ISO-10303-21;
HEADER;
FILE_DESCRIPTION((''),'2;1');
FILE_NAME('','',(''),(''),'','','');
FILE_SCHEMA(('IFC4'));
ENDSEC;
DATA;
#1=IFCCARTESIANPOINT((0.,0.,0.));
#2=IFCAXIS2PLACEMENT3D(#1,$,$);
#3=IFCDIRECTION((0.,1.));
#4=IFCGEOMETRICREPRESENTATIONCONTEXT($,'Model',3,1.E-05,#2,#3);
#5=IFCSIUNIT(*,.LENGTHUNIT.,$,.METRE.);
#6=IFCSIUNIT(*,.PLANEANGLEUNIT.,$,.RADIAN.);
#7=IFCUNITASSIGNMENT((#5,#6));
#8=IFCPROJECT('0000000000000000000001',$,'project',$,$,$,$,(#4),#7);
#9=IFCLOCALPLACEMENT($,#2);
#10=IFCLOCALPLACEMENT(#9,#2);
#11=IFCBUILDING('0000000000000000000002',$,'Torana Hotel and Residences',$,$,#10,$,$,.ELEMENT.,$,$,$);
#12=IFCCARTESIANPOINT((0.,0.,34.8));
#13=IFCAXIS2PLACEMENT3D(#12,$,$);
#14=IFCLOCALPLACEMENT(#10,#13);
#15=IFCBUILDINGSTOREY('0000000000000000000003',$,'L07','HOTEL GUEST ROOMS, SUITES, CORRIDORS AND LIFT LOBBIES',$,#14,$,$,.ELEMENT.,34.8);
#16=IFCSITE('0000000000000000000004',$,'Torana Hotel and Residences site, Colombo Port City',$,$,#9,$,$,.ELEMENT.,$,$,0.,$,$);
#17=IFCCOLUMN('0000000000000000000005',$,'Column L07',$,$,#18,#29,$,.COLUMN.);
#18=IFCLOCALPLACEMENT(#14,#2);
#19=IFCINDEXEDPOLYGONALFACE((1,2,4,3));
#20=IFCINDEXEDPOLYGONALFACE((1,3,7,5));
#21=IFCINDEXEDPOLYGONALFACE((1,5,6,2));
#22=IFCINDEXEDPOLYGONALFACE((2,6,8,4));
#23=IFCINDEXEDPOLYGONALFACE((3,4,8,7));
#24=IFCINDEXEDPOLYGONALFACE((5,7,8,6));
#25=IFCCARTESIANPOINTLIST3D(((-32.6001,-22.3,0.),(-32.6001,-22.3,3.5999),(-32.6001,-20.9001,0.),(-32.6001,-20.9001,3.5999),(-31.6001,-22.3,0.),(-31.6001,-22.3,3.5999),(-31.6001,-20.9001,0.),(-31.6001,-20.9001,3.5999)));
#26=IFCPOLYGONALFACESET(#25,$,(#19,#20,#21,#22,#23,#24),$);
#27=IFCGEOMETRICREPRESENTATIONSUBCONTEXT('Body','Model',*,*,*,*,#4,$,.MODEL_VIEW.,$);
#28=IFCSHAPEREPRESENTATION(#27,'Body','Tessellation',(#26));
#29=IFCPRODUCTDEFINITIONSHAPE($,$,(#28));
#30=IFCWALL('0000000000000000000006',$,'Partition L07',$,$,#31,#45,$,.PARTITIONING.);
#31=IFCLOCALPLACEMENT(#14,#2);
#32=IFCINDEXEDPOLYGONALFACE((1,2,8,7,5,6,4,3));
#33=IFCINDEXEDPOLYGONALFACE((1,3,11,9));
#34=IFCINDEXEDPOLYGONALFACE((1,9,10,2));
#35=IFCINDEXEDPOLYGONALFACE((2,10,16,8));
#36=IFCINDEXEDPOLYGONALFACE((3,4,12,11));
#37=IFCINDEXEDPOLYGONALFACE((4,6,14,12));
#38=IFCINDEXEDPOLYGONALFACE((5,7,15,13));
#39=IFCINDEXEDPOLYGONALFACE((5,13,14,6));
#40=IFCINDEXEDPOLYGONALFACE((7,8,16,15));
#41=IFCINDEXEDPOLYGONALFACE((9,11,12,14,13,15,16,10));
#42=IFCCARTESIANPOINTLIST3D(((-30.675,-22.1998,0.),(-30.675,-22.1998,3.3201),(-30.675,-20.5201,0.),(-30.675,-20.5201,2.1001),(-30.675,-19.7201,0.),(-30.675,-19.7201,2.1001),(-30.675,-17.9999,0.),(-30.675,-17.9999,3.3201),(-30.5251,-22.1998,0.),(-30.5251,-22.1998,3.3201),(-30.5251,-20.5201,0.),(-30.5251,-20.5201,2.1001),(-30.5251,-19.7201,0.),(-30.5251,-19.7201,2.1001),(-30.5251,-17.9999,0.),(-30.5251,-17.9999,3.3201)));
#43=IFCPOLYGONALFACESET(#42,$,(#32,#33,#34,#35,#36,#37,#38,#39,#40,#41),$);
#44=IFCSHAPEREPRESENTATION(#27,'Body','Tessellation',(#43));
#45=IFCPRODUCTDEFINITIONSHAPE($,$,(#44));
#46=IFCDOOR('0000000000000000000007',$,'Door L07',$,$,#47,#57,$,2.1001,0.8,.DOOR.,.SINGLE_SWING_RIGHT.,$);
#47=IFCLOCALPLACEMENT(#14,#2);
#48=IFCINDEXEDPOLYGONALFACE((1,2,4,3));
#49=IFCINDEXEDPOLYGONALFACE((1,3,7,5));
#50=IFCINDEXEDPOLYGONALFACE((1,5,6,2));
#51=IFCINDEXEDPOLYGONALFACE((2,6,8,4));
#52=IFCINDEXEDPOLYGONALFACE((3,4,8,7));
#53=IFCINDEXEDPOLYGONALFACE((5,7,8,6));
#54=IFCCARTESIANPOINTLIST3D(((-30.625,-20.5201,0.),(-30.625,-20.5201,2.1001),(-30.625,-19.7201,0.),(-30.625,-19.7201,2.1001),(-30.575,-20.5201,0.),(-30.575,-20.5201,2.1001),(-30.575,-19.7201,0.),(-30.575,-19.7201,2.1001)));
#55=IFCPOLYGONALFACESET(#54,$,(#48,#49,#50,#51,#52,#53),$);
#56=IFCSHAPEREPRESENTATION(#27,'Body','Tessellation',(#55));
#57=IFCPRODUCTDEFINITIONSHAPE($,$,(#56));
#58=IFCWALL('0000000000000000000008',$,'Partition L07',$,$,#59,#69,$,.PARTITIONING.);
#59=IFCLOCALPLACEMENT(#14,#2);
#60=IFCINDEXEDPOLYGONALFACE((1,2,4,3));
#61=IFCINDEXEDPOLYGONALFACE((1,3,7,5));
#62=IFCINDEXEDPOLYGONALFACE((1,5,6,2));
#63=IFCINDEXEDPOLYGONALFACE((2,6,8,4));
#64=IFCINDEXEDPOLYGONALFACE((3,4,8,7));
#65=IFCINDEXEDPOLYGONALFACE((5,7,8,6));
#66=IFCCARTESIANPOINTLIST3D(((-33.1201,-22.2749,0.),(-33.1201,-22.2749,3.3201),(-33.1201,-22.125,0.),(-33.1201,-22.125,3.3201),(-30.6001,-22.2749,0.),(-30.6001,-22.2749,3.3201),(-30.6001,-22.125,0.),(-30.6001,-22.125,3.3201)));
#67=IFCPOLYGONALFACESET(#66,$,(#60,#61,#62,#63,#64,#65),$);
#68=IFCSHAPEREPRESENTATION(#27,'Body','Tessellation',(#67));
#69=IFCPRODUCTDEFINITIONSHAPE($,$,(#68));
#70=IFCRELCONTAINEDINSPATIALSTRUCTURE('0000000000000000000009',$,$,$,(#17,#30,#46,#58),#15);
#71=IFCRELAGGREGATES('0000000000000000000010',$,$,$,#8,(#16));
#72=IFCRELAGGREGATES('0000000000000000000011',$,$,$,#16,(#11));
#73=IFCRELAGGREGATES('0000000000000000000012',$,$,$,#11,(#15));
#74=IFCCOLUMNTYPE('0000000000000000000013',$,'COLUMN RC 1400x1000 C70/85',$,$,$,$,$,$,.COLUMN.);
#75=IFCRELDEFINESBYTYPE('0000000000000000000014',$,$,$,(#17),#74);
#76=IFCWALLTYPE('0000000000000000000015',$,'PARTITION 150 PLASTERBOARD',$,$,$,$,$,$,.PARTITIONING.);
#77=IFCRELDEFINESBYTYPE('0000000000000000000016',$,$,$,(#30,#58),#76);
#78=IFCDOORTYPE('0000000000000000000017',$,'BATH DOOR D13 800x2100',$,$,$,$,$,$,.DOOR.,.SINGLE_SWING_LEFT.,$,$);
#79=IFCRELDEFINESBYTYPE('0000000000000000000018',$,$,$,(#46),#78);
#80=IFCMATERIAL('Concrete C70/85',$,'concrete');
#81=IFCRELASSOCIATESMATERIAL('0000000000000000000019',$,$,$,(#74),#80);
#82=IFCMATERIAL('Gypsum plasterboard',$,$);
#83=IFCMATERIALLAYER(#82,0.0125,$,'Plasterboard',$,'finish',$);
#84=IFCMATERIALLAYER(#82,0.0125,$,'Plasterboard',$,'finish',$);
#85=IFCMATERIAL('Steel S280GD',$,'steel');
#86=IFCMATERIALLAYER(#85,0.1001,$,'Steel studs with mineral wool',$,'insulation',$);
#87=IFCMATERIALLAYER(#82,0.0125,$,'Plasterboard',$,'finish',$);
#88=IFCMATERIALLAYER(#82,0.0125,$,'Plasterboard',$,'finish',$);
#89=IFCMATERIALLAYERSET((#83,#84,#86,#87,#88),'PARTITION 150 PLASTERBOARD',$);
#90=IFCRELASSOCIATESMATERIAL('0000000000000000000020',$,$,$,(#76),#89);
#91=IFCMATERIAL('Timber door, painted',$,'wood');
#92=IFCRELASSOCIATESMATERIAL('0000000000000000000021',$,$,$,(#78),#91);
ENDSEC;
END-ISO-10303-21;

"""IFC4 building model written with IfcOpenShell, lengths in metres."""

from ifc_helpers import new_model, si_unit, direction, frame, frame_2d, origin, origin_2d, place, context, subcontext, project, spatial, rectangle, extrude, material, layer, layer_set, material_profile, profile_set, type_object, element, fill, save


model = new_model("IFC4")

# Units and contexts
model_context = context("Model", 3, precision=1e-05, world=origin(), true_north=direction((0.0, 1.0)))
body_context = subcontext(model_context, "Body", "Model", "MODEL_VIEW")
ifc_project = project(units=[si_unit("LENGTHUNIT", "METRE"), si_unit("PLANEANGLEUNIT", "RADIAN")], contexts=[model_context])

# Site, building, storey
site_placement = place(None, origin())
site = spatial("IfcSite", under=ifc_project, at=site_placement, Name="Torana Hotel and Residences site, Colombo Port City", CompositionType="ELEMENT", RefElevation=0.0)
building_placement = place(site_placement, origin())
building = spatial("IfcBuilding", under=site, at=building_placement, Name="Torana Hotel and Residences", CompositionType="ELEMENT")
storey_placement = place(building_placement, frame((0.0, 0.0, 34.8)))
storey = spatial("IfcBuildingStorey", under=building, at=storey_placement, Name="L07", Description="HOTEL GUEST ROOMS, SUITES, CORRIDORS AND LIFT LOBBIES", CompositionType="ELEMENT", Elevation=34.8)

# Column
ifc_material_1 = material(Name="Concrete C70/85", Category="concrete")
ifc_material_profile = material_profile(ifc_material_1, rectangle(XDim=1.3999, YDim=1.0, at=origin_2d()), Name="RC 1400x1000")
ifc_profile_set = profile_set([ifc_material_profile], Name="Concrete C70/85")
column_type = type_object("IfcColumnType", Name="COLUMN RC 1400x1000 C70/85", PredefinedType="COLUMN", material=ifc_profile_set)
column_placement = place(storey_placement, frame((-32.1001, -21.6001, 0.0), z_axis=(0.0, 0.0, 1.0), x_axis=(0.0, 1.0, 0.0)))
element("IfcColumn", 1, at=column_placement, inside=storey, type_object=column_type, Name="Column L07", PredefinedType="COLUMN", context=body_context, shape_type="SweptSolid", body=[
    extrude(rectangle(XDim=1.3999, YDim=1.0, at=origin_2d()), origin(), (0.0, 0.0, 1.0), 3.5999),
])

# Wall, opening, door
ifc_material_2 = material(Name="Gypsum plasterboard")
ifc_layer_1 = layer(ifc_material_2, 0.0125, Name="Plasterboard", Category="finish")
ifc_layer_2 = layer(ifc_material_2, 0.0125, Name="Plasterboard", Category="finish")
ifc_material_3 = material(Name="Steel S280GD", Category="steel")
ifc_layer_3 = layer(ifc_material_3, 0.1001, Name="Steel studs with mineral wool", Category="insulation")
ifc_layer_4 = layer(ifc_material_2, 0.0125, Name="Plasterboard", Category="finish")
ifc_layer_5 = layer(ifc_material_2, 0.0125, Name="Plasterboard", Category="finish")
ifc_layer_set = layer_set([ifc_layer_1, ifc_layer_2, ifc_layer_3, ifc_layer_4, ifc_layer_5], Name="PARTITION 150 PLASTERBOARD")
wall_type = type_object("IfcWallType", Name="PARTITION 150 PLASTERBOARD", PredefinedType="PARTITIONING", material=ifc_layer_set)
wall_1_placement = place(storey_placement, frame((-30.6001, -22.2, 0.0), z_axis=(0.0, 0.0, 1.0), x_axis=(0.0, 1.0, 0.0)))
wall_1 = element("IfcWall", 2, at=wall_1_placement, inside=storey, type_object=wall_type, Name="Partition L07", PredefinedType="PARTITIONING", context=body_context, shape_type="SweptSolid", body=[
    extrude(rectangle(XDim=4.2, YDim=0.1499, at=frame_2d((2.1001, 0.0))), origin(), (0.0, 0.0, 1.0), 3.3201),
])
opening_placement = place(wall_1_placement, frame((1.6799, 0.0, 0.0)))
opening = element("IfcOpeningElement", 3, at=opening_placement, cuts=wall_1, PredefinedType="OPENING", context=body_context, shape_type="SweptSolid", body=[
    extrude(rectangle(XDim=0.8, YDim=2.1001, at=frame_2d((0.3999, 1.05))), frame((0.0, 0.085, 0.0), z_axis=(0.0, -1.0, 0.0), x_axis=(1.0, 0.0, 0.0)), (0.0, 0.0, 1.0), 0.1699),
])
ifc_material_4 = material(Name="Timber door, painted", Category="wood")
door_type = type_object("IfcDoorType", Name="BATH DOOR D13 800x2100", OperationType="SINGLE_SWING_LEFT", PredefinedType="DOOR", material=ifc_material_4)
door_placement = place(opening_placement, origin())
door = element("IfcDoor", 4, at=door_placement, inside=storey, type_object=door_type, Name="Door L07", OperationType="SINGLE_SWING_RIGHT", OverallHeight=2.1001, OverallWidth=0.8, PredefinedType="DOOR", context=body_context, shape_type="SweptSolid", body=[
    extrude(rectangle(XDim=0.8, YDim=2.1001, at=frame_2d((0.3999, 1.05))), frame((0.0, 0.0249, 0.0), z_axis=(0.0, -1.0, 0.0), x_axis=(1.0, 0.0, 0.0)), (0.0, 0.0, 1.0), 0.05),
])
fill(opening, door)

# Wall
wall_2_placement = place(storey_placement, frame((-33.1201, -22.2, 0.0), z_axis=(0.0, 0.0, 1.0), x_axis=(1.0, 0.0, 0.0)))
element("IfcWall", 5, at=wall_2_placement, inside=storey, type_object=wall_type, Name="Partition L07", PredefinedType="PARTITIONING", context=body_context, shape_type="SweptSolid", body=[
    extrude(rectangle(XDim=2.52, YDim=0.1499, at=frame_2d((1.26, 0.0))), origin(), (0.0, 0.0, 1.0), 3.3201),
])

save(model, "model.ifc")
